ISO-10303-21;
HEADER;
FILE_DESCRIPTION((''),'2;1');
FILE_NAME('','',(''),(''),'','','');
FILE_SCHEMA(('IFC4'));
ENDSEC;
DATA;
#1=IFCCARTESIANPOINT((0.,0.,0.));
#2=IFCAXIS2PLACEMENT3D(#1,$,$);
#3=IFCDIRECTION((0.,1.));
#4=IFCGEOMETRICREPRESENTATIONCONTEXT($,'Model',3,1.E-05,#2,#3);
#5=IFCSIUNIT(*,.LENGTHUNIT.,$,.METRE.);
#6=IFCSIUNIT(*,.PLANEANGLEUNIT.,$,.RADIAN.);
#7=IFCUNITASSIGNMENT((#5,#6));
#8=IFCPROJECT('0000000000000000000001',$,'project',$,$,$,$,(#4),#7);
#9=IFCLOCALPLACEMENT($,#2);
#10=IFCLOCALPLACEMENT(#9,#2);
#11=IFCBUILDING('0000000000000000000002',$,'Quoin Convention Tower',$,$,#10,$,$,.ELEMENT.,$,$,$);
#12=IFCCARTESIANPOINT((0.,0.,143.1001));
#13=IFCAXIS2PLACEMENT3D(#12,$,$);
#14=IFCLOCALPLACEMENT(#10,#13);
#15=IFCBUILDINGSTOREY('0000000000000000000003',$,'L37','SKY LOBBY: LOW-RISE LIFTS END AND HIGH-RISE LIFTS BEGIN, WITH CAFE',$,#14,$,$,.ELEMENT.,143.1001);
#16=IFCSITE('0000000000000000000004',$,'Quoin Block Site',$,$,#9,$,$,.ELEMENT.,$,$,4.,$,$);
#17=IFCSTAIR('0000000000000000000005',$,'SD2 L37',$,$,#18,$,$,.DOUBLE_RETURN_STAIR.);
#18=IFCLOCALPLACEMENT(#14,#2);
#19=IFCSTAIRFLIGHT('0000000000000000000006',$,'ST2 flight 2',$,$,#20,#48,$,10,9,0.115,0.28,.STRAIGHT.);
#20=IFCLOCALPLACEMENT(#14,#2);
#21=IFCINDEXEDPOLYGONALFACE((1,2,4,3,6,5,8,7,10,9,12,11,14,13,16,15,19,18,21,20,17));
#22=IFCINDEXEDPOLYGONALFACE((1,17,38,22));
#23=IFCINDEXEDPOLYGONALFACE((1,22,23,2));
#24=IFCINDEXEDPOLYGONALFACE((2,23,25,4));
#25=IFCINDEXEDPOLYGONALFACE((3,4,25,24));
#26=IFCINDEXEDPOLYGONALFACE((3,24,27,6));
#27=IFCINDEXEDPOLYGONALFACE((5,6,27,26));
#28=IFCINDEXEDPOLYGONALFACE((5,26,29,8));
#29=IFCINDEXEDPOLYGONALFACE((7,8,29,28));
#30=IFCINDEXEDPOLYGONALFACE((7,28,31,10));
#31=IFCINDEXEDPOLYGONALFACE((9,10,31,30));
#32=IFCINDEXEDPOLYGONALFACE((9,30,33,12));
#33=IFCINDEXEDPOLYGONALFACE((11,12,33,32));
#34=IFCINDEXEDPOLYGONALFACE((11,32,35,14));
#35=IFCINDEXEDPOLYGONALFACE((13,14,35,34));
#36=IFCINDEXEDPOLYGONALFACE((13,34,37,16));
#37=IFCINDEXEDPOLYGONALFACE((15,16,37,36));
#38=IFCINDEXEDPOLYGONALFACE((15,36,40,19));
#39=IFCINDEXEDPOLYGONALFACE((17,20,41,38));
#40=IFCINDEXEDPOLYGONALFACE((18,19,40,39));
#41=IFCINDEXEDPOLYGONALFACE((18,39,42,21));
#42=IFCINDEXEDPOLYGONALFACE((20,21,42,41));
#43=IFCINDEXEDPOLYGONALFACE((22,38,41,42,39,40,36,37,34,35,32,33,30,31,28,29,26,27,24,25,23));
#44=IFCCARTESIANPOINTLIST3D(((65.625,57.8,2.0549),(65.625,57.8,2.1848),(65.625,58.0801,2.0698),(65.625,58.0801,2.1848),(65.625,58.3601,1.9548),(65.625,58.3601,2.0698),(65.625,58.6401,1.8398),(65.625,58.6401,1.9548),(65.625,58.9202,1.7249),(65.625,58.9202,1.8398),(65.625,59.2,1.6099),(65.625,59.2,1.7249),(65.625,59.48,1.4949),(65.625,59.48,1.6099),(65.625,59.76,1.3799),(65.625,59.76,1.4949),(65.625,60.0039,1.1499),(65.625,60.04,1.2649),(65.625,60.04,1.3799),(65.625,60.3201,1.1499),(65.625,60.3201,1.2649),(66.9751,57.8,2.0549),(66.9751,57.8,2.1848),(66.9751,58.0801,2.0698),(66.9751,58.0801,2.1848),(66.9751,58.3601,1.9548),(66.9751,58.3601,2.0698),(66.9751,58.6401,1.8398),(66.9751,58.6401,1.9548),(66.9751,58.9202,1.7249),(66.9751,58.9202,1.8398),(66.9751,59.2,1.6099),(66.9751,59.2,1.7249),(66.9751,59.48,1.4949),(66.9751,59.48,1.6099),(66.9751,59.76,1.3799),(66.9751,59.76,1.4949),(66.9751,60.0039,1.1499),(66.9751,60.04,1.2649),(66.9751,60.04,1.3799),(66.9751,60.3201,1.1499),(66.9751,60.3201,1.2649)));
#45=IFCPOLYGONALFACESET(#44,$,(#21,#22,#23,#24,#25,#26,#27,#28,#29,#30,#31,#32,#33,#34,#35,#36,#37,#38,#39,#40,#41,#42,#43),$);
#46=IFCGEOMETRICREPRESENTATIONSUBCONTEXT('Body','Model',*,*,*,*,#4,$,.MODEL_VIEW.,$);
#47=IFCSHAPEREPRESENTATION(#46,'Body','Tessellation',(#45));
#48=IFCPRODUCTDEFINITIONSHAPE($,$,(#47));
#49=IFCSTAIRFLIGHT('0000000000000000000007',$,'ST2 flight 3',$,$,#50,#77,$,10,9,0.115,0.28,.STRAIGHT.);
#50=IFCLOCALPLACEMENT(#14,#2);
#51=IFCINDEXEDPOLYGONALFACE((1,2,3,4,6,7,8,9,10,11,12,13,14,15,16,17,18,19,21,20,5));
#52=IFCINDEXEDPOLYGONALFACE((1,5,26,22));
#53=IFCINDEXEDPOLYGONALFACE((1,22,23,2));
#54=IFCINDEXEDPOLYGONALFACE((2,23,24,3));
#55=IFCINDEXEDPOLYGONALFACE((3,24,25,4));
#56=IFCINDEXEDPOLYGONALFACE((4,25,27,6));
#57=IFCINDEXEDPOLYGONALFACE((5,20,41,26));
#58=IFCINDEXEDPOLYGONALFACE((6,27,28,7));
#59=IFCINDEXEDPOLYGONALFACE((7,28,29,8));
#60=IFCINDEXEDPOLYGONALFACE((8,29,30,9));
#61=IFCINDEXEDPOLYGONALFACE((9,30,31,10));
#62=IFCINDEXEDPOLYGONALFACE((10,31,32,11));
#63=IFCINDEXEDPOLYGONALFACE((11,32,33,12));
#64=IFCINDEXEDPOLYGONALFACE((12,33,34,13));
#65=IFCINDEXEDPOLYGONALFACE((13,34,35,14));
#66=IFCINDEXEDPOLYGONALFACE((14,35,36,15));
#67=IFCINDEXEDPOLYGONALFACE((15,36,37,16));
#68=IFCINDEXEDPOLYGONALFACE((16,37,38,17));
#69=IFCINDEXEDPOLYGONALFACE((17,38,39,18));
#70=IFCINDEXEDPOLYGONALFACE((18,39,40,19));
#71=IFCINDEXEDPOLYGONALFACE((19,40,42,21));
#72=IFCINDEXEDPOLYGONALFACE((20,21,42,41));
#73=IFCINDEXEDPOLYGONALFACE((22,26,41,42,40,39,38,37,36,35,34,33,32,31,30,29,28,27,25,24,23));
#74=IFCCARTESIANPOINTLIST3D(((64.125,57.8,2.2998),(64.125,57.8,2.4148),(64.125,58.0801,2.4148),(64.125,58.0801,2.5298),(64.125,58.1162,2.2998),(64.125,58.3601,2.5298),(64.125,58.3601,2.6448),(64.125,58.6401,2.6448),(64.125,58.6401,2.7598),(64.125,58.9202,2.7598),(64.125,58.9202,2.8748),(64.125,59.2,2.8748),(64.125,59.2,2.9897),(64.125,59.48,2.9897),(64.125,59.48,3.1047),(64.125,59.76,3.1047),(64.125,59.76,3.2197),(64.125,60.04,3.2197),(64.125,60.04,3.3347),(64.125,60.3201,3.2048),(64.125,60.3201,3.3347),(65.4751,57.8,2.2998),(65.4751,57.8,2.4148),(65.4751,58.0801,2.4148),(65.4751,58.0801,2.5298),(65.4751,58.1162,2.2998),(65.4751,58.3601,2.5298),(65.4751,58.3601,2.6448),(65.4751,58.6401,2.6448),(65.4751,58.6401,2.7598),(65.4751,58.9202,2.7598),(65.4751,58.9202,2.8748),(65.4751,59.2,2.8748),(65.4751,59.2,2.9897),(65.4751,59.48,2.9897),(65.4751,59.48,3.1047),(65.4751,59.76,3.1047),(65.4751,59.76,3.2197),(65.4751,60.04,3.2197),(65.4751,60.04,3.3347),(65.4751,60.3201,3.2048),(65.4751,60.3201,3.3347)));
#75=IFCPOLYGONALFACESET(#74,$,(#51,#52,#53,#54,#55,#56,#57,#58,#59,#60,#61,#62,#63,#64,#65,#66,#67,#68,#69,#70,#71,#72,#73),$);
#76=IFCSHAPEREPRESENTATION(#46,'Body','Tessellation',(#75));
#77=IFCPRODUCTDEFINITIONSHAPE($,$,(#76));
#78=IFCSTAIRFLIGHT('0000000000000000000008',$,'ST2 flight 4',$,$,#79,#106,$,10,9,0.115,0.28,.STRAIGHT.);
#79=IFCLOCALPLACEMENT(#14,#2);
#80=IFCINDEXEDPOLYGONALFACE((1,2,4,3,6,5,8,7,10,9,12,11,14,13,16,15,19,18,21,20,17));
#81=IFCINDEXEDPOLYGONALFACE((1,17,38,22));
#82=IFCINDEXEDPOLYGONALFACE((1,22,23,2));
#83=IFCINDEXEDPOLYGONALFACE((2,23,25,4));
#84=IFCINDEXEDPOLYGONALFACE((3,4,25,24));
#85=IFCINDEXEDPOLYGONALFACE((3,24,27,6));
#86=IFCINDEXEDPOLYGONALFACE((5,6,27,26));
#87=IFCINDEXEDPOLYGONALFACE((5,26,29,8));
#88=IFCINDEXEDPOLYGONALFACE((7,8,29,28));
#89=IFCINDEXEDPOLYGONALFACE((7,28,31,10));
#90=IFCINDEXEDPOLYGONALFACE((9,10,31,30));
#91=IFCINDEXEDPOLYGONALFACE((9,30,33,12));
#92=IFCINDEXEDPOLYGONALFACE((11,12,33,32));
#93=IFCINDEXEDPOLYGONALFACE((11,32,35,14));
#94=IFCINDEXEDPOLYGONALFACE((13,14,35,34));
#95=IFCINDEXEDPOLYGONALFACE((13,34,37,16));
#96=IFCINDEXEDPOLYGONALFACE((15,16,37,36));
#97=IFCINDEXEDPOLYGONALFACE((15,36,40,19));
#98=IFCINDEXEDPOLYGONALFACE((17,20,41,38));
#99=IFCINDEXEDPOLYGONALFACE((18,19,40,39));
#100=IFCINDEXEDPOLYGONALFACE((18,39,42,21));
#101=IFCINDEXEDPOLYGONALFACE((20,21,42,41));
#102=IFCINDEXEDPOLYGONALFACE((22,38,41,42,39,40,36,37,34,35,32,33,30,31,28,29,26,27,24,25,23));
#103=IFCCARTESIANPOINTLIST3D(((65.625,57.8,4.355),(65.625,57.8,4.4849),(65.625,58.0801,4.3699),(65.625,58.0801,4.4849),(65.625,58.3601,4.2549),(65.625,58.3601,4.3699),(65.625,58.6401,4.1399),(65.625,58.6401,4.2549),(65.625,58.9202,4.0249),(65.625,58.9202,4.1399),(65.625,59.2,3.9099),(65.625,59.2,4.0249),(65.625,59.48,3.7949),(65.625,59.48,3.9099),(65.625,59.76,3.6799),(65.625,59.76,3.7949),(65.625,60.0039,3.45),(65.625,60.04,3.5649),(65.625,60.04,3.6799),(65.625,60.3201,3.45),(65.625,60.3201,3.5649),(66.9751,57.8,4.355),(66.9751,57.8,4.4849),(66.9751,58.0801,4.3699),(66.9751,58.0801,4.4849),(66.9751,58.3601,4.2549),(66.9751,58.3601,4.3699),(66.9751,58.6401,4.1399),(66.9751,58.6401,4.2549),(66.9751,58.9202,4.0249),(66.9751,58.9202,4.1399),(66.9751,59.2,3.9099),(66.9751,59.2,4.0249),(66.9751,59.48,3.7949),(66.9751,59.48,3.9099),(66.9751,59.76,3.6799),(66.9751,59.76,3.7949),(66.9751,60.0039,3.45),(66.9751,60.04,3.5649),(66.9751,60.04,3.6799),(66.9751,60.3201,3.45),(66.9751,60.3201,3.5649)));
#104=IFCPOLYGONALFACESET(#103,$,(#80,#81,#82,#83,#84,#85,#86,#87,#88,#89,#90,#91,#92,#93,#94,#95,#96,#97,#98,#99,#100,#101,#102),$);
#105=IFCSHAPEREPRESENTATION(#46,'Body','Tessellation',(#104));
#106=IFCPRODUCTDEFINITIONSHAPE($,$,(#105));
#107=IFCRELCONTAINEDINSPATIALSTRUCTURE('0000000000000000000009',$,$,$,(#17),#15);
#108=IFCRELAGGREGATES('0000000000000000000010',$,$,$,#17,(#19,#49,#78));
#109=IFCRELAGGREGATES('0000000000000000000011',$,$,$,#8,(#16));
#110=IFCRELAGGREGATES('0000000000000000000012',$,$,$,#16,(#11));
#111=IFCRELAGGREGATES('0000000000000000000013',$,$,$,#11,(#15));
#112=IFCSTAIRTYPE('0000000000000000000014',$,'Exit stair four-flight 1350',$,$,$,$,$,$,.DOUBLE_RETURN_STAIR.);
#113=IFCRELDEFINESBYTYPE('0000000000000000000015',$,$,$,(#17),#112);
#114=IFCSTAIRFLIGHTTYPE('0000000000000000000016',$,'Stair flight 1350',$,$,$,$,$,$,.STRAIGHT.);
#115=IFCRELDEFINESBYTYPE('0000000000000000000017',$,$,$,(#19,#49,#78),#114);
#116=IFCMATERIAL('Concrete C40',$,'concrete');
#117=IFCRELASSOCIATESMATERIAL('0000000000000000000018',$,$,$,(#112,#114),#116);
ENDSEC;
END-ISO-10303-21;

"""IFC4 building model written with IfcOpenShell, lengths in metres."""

from ifc_helpers import new_model, si_unit, direction, frame, origin, place, context, subcontext, project, spatial, polyline, outline, extrude, material, type_object, element, aggregate, save


model = new_model("IFC4")

# Units and contexts
model_context = context("Model", 3, precision=1e-05, world=origin(), true_north=direction((0.0, 1.0)))
body_context = subcontext(model_context, "Body", "Model", "MODEL_VIEW")
ifc_project = project(units=[si_unit("LENGTHUNIT", "METRE"), si_unit("PLANEANGLEUNIT", "RADIAN")], contexts=[model_context])

# Site, building, storey
site_placement = place(None, origin())
site = spatial("IfcSite", under=ifc_project, at=site_placement, Name="Quoin Block Site", CompositionType="ELEMENT", RefElevation=4.0)
building_placement = place(site_placement, origin())
building = spatial("IfcBuilding", under=site, at=building_placement, Name="Quoin Convention Tower", CompositionType="ELEMENT")
storey_placement = place(building_placement, frame((0.0, 0.0, 143.1001)))
storey = spatial("IfcBuildingStorey", under=building, at=storey_placement, Name="L37", Description="SKY LOBBY: LOW-RISE LIFTS END AND HIGH-RISE LIFTS BEGIN, WITH CAFE", CompositionType="ELEMENT", Elevation=143.1001)

# Stair, stair flights
ifc_material_1 = material(Name="Concrete C40", Category="concrete")
stair_type = type_object("IfcStairType", Name="Exit stair four-flight 1350", PredefinedType="DOUBLE_RETURN_STAIR", material=ifc_material_1)
stair_placement = place(storey_placement, origin())
stair = element("IfcStair", 1, at=stair_placement, inside=storey, type_object=stair_type, Name="SD2 L37", PredefinedType="DOUBLE_RETURN_STAIR")
stair_flight_type = type_object("IfcStairFlightType", Name="Stair flight 1350", PredefinedType="STRAIGHT", material=ifc_material_1)
stair_flight_1_placement = place(storey_placement, frame((66.3, 60.3201, 1.1499), z_axis=(0.0, 0.0, 1.0), x_axis=(0.0, -1.0, 0.0)))
stair_flight_1 = element("IfcStairFlight", 2, at=stair_flight_1_placement, type_object=stair_flight_type, Name="ST2 flight 2", NumberOfRisers=10, NumberOfTreads=9, PredefinedType="STRAIGHT", RiserHeight=0.115, TreadLength=0.28, context=body_context, shape_type="SweptSolid", body=[
    extrude(outline(polyline([(0.0, 0.0), (0.0, 0.115), (0.28, 0.115), (0.28, 0.23), (0.5601, 0.23), (0.5601, 0.345), (0.8401, 0.345), (0.8401, 0.46), (1.1201, 0.46), (1.1201, 0.575), (1.3999, 0.575), (1.3999, 0.6899), (1.6799, 0.6899), (1.6799, 0.8049), (1.96, 0.8049), (1.96, 0.9199), (2.24, 0.9199), (2.24, 1.0349), (2.52, 1.0349), (2.52, 1.1499), (2.52, 0.905), (0.3162, 0.0), (0.0, 0.0)])), frame((0.0, 0.675, 0.0), z_axis=(0.0, -1.0, 0.0), x_axis=(1.0, 0.0, 0.0)), (0.0, 0.0, 1.0), 1.3501),
])
stair_flight_2_placement = place(storey_placement, frame((64.8, 57.8, 2.2998), z_axis=(0.0, 0.0, 1.0), x_axis=(0.0, 1.0, 0.0)))
stair_flight_2 = element("IfcStairFlight", 3, at=stair_flight_2_placement, type_object=stair_flight_type, Name="ST2 flight 3", NumberOfRisers=10, NumberOfTreads=9, PredefinedType="STRAIGHT", RiserHeight=0.115, TreadLength=0.28, context=body_context, shape_type="SweptSolid", body=[
    extrude(outline(polyline([(0.0, 0.0), (0.0, 0.115), (0.28, 0.115), (0.28, 0.23), (0.5601, 0.23), (0.5601, 0.345), (0.8401, 0.345), (0.8401, 0.46), (1.1201, 0.46), (1.1201, 0.575), (1.3999, 0.575), (1.3999, 0.6899), (1.6799, 0.6899), (1.6799, 0.8049), (1.96, 0.8049), (1.96, 0.9199), (2.24, 0.9199), (2.24, 1.0349), (2.52, 1.0349), (2.52, 1.1499), (2.52, 0.905), (0.3162, 0.0), (0.0, 0.0)])), frame((0.0, 0.675, 0.0), z_axis=(0.0, -1.0, 0.0), x_axis=(1.0, 0.0, 0.0)), (0.0, 0.0, 1.0), 1.3501),
])
stair_flight_3_placement = place(storey_placement, frame((66.3, 60.3201, 3.45), z_axis=(0.0, 0.0, 1.0), x_axis=(0.0, -1.0, 0.0)))
stair_flight_3 = element("IfcStairFlight", 4, at=stair_flight_3_placement, type_object=stair_flight_type, Name="ST2 flight 4", NumberOfRisers=10, NumberOfTreads=9, PredefinedType="STRAIGHT", RiserHeight=0.115, TreadLength=0.28, context=body_context, shape_type="SweptSolid", body=[
    extrude(outline(polyline([(0.0, 0.0), (0.0, 0.115), (0.28, 0.115), (0.28, 0.23), (0.5601, 0.23), (0.5601, 0.345), (0.8401, 0.345), (0.8401, 0.46), (1.1201, 0.46), (1.1201, 0.575), (1.3999, 0.575), (1.3999, 0.6899), (1.6799, 0.6899), (1.6799, 0.8049), (1.96, 0.8049), (1.96, 0.9199), (2.24, 0.9199), (2.24, 1.0349), (2.52, 1.0349), (2.52, 1.1499), (2.52, 0.905), (0.3162, 0.0), (0.0, 0.0)])), frame((0.0, 0.675, 0.0), z_axis=(0.0, -1.0, 0.0), x_axis=(1.0, 0.0, 0.0)), (0.0, 0.0, 1.0), 1.3501),
])
aggregate(stair, [stair_flight_1, stair_flight_2, stair_flight_3])

save(model, "model.ifc")
